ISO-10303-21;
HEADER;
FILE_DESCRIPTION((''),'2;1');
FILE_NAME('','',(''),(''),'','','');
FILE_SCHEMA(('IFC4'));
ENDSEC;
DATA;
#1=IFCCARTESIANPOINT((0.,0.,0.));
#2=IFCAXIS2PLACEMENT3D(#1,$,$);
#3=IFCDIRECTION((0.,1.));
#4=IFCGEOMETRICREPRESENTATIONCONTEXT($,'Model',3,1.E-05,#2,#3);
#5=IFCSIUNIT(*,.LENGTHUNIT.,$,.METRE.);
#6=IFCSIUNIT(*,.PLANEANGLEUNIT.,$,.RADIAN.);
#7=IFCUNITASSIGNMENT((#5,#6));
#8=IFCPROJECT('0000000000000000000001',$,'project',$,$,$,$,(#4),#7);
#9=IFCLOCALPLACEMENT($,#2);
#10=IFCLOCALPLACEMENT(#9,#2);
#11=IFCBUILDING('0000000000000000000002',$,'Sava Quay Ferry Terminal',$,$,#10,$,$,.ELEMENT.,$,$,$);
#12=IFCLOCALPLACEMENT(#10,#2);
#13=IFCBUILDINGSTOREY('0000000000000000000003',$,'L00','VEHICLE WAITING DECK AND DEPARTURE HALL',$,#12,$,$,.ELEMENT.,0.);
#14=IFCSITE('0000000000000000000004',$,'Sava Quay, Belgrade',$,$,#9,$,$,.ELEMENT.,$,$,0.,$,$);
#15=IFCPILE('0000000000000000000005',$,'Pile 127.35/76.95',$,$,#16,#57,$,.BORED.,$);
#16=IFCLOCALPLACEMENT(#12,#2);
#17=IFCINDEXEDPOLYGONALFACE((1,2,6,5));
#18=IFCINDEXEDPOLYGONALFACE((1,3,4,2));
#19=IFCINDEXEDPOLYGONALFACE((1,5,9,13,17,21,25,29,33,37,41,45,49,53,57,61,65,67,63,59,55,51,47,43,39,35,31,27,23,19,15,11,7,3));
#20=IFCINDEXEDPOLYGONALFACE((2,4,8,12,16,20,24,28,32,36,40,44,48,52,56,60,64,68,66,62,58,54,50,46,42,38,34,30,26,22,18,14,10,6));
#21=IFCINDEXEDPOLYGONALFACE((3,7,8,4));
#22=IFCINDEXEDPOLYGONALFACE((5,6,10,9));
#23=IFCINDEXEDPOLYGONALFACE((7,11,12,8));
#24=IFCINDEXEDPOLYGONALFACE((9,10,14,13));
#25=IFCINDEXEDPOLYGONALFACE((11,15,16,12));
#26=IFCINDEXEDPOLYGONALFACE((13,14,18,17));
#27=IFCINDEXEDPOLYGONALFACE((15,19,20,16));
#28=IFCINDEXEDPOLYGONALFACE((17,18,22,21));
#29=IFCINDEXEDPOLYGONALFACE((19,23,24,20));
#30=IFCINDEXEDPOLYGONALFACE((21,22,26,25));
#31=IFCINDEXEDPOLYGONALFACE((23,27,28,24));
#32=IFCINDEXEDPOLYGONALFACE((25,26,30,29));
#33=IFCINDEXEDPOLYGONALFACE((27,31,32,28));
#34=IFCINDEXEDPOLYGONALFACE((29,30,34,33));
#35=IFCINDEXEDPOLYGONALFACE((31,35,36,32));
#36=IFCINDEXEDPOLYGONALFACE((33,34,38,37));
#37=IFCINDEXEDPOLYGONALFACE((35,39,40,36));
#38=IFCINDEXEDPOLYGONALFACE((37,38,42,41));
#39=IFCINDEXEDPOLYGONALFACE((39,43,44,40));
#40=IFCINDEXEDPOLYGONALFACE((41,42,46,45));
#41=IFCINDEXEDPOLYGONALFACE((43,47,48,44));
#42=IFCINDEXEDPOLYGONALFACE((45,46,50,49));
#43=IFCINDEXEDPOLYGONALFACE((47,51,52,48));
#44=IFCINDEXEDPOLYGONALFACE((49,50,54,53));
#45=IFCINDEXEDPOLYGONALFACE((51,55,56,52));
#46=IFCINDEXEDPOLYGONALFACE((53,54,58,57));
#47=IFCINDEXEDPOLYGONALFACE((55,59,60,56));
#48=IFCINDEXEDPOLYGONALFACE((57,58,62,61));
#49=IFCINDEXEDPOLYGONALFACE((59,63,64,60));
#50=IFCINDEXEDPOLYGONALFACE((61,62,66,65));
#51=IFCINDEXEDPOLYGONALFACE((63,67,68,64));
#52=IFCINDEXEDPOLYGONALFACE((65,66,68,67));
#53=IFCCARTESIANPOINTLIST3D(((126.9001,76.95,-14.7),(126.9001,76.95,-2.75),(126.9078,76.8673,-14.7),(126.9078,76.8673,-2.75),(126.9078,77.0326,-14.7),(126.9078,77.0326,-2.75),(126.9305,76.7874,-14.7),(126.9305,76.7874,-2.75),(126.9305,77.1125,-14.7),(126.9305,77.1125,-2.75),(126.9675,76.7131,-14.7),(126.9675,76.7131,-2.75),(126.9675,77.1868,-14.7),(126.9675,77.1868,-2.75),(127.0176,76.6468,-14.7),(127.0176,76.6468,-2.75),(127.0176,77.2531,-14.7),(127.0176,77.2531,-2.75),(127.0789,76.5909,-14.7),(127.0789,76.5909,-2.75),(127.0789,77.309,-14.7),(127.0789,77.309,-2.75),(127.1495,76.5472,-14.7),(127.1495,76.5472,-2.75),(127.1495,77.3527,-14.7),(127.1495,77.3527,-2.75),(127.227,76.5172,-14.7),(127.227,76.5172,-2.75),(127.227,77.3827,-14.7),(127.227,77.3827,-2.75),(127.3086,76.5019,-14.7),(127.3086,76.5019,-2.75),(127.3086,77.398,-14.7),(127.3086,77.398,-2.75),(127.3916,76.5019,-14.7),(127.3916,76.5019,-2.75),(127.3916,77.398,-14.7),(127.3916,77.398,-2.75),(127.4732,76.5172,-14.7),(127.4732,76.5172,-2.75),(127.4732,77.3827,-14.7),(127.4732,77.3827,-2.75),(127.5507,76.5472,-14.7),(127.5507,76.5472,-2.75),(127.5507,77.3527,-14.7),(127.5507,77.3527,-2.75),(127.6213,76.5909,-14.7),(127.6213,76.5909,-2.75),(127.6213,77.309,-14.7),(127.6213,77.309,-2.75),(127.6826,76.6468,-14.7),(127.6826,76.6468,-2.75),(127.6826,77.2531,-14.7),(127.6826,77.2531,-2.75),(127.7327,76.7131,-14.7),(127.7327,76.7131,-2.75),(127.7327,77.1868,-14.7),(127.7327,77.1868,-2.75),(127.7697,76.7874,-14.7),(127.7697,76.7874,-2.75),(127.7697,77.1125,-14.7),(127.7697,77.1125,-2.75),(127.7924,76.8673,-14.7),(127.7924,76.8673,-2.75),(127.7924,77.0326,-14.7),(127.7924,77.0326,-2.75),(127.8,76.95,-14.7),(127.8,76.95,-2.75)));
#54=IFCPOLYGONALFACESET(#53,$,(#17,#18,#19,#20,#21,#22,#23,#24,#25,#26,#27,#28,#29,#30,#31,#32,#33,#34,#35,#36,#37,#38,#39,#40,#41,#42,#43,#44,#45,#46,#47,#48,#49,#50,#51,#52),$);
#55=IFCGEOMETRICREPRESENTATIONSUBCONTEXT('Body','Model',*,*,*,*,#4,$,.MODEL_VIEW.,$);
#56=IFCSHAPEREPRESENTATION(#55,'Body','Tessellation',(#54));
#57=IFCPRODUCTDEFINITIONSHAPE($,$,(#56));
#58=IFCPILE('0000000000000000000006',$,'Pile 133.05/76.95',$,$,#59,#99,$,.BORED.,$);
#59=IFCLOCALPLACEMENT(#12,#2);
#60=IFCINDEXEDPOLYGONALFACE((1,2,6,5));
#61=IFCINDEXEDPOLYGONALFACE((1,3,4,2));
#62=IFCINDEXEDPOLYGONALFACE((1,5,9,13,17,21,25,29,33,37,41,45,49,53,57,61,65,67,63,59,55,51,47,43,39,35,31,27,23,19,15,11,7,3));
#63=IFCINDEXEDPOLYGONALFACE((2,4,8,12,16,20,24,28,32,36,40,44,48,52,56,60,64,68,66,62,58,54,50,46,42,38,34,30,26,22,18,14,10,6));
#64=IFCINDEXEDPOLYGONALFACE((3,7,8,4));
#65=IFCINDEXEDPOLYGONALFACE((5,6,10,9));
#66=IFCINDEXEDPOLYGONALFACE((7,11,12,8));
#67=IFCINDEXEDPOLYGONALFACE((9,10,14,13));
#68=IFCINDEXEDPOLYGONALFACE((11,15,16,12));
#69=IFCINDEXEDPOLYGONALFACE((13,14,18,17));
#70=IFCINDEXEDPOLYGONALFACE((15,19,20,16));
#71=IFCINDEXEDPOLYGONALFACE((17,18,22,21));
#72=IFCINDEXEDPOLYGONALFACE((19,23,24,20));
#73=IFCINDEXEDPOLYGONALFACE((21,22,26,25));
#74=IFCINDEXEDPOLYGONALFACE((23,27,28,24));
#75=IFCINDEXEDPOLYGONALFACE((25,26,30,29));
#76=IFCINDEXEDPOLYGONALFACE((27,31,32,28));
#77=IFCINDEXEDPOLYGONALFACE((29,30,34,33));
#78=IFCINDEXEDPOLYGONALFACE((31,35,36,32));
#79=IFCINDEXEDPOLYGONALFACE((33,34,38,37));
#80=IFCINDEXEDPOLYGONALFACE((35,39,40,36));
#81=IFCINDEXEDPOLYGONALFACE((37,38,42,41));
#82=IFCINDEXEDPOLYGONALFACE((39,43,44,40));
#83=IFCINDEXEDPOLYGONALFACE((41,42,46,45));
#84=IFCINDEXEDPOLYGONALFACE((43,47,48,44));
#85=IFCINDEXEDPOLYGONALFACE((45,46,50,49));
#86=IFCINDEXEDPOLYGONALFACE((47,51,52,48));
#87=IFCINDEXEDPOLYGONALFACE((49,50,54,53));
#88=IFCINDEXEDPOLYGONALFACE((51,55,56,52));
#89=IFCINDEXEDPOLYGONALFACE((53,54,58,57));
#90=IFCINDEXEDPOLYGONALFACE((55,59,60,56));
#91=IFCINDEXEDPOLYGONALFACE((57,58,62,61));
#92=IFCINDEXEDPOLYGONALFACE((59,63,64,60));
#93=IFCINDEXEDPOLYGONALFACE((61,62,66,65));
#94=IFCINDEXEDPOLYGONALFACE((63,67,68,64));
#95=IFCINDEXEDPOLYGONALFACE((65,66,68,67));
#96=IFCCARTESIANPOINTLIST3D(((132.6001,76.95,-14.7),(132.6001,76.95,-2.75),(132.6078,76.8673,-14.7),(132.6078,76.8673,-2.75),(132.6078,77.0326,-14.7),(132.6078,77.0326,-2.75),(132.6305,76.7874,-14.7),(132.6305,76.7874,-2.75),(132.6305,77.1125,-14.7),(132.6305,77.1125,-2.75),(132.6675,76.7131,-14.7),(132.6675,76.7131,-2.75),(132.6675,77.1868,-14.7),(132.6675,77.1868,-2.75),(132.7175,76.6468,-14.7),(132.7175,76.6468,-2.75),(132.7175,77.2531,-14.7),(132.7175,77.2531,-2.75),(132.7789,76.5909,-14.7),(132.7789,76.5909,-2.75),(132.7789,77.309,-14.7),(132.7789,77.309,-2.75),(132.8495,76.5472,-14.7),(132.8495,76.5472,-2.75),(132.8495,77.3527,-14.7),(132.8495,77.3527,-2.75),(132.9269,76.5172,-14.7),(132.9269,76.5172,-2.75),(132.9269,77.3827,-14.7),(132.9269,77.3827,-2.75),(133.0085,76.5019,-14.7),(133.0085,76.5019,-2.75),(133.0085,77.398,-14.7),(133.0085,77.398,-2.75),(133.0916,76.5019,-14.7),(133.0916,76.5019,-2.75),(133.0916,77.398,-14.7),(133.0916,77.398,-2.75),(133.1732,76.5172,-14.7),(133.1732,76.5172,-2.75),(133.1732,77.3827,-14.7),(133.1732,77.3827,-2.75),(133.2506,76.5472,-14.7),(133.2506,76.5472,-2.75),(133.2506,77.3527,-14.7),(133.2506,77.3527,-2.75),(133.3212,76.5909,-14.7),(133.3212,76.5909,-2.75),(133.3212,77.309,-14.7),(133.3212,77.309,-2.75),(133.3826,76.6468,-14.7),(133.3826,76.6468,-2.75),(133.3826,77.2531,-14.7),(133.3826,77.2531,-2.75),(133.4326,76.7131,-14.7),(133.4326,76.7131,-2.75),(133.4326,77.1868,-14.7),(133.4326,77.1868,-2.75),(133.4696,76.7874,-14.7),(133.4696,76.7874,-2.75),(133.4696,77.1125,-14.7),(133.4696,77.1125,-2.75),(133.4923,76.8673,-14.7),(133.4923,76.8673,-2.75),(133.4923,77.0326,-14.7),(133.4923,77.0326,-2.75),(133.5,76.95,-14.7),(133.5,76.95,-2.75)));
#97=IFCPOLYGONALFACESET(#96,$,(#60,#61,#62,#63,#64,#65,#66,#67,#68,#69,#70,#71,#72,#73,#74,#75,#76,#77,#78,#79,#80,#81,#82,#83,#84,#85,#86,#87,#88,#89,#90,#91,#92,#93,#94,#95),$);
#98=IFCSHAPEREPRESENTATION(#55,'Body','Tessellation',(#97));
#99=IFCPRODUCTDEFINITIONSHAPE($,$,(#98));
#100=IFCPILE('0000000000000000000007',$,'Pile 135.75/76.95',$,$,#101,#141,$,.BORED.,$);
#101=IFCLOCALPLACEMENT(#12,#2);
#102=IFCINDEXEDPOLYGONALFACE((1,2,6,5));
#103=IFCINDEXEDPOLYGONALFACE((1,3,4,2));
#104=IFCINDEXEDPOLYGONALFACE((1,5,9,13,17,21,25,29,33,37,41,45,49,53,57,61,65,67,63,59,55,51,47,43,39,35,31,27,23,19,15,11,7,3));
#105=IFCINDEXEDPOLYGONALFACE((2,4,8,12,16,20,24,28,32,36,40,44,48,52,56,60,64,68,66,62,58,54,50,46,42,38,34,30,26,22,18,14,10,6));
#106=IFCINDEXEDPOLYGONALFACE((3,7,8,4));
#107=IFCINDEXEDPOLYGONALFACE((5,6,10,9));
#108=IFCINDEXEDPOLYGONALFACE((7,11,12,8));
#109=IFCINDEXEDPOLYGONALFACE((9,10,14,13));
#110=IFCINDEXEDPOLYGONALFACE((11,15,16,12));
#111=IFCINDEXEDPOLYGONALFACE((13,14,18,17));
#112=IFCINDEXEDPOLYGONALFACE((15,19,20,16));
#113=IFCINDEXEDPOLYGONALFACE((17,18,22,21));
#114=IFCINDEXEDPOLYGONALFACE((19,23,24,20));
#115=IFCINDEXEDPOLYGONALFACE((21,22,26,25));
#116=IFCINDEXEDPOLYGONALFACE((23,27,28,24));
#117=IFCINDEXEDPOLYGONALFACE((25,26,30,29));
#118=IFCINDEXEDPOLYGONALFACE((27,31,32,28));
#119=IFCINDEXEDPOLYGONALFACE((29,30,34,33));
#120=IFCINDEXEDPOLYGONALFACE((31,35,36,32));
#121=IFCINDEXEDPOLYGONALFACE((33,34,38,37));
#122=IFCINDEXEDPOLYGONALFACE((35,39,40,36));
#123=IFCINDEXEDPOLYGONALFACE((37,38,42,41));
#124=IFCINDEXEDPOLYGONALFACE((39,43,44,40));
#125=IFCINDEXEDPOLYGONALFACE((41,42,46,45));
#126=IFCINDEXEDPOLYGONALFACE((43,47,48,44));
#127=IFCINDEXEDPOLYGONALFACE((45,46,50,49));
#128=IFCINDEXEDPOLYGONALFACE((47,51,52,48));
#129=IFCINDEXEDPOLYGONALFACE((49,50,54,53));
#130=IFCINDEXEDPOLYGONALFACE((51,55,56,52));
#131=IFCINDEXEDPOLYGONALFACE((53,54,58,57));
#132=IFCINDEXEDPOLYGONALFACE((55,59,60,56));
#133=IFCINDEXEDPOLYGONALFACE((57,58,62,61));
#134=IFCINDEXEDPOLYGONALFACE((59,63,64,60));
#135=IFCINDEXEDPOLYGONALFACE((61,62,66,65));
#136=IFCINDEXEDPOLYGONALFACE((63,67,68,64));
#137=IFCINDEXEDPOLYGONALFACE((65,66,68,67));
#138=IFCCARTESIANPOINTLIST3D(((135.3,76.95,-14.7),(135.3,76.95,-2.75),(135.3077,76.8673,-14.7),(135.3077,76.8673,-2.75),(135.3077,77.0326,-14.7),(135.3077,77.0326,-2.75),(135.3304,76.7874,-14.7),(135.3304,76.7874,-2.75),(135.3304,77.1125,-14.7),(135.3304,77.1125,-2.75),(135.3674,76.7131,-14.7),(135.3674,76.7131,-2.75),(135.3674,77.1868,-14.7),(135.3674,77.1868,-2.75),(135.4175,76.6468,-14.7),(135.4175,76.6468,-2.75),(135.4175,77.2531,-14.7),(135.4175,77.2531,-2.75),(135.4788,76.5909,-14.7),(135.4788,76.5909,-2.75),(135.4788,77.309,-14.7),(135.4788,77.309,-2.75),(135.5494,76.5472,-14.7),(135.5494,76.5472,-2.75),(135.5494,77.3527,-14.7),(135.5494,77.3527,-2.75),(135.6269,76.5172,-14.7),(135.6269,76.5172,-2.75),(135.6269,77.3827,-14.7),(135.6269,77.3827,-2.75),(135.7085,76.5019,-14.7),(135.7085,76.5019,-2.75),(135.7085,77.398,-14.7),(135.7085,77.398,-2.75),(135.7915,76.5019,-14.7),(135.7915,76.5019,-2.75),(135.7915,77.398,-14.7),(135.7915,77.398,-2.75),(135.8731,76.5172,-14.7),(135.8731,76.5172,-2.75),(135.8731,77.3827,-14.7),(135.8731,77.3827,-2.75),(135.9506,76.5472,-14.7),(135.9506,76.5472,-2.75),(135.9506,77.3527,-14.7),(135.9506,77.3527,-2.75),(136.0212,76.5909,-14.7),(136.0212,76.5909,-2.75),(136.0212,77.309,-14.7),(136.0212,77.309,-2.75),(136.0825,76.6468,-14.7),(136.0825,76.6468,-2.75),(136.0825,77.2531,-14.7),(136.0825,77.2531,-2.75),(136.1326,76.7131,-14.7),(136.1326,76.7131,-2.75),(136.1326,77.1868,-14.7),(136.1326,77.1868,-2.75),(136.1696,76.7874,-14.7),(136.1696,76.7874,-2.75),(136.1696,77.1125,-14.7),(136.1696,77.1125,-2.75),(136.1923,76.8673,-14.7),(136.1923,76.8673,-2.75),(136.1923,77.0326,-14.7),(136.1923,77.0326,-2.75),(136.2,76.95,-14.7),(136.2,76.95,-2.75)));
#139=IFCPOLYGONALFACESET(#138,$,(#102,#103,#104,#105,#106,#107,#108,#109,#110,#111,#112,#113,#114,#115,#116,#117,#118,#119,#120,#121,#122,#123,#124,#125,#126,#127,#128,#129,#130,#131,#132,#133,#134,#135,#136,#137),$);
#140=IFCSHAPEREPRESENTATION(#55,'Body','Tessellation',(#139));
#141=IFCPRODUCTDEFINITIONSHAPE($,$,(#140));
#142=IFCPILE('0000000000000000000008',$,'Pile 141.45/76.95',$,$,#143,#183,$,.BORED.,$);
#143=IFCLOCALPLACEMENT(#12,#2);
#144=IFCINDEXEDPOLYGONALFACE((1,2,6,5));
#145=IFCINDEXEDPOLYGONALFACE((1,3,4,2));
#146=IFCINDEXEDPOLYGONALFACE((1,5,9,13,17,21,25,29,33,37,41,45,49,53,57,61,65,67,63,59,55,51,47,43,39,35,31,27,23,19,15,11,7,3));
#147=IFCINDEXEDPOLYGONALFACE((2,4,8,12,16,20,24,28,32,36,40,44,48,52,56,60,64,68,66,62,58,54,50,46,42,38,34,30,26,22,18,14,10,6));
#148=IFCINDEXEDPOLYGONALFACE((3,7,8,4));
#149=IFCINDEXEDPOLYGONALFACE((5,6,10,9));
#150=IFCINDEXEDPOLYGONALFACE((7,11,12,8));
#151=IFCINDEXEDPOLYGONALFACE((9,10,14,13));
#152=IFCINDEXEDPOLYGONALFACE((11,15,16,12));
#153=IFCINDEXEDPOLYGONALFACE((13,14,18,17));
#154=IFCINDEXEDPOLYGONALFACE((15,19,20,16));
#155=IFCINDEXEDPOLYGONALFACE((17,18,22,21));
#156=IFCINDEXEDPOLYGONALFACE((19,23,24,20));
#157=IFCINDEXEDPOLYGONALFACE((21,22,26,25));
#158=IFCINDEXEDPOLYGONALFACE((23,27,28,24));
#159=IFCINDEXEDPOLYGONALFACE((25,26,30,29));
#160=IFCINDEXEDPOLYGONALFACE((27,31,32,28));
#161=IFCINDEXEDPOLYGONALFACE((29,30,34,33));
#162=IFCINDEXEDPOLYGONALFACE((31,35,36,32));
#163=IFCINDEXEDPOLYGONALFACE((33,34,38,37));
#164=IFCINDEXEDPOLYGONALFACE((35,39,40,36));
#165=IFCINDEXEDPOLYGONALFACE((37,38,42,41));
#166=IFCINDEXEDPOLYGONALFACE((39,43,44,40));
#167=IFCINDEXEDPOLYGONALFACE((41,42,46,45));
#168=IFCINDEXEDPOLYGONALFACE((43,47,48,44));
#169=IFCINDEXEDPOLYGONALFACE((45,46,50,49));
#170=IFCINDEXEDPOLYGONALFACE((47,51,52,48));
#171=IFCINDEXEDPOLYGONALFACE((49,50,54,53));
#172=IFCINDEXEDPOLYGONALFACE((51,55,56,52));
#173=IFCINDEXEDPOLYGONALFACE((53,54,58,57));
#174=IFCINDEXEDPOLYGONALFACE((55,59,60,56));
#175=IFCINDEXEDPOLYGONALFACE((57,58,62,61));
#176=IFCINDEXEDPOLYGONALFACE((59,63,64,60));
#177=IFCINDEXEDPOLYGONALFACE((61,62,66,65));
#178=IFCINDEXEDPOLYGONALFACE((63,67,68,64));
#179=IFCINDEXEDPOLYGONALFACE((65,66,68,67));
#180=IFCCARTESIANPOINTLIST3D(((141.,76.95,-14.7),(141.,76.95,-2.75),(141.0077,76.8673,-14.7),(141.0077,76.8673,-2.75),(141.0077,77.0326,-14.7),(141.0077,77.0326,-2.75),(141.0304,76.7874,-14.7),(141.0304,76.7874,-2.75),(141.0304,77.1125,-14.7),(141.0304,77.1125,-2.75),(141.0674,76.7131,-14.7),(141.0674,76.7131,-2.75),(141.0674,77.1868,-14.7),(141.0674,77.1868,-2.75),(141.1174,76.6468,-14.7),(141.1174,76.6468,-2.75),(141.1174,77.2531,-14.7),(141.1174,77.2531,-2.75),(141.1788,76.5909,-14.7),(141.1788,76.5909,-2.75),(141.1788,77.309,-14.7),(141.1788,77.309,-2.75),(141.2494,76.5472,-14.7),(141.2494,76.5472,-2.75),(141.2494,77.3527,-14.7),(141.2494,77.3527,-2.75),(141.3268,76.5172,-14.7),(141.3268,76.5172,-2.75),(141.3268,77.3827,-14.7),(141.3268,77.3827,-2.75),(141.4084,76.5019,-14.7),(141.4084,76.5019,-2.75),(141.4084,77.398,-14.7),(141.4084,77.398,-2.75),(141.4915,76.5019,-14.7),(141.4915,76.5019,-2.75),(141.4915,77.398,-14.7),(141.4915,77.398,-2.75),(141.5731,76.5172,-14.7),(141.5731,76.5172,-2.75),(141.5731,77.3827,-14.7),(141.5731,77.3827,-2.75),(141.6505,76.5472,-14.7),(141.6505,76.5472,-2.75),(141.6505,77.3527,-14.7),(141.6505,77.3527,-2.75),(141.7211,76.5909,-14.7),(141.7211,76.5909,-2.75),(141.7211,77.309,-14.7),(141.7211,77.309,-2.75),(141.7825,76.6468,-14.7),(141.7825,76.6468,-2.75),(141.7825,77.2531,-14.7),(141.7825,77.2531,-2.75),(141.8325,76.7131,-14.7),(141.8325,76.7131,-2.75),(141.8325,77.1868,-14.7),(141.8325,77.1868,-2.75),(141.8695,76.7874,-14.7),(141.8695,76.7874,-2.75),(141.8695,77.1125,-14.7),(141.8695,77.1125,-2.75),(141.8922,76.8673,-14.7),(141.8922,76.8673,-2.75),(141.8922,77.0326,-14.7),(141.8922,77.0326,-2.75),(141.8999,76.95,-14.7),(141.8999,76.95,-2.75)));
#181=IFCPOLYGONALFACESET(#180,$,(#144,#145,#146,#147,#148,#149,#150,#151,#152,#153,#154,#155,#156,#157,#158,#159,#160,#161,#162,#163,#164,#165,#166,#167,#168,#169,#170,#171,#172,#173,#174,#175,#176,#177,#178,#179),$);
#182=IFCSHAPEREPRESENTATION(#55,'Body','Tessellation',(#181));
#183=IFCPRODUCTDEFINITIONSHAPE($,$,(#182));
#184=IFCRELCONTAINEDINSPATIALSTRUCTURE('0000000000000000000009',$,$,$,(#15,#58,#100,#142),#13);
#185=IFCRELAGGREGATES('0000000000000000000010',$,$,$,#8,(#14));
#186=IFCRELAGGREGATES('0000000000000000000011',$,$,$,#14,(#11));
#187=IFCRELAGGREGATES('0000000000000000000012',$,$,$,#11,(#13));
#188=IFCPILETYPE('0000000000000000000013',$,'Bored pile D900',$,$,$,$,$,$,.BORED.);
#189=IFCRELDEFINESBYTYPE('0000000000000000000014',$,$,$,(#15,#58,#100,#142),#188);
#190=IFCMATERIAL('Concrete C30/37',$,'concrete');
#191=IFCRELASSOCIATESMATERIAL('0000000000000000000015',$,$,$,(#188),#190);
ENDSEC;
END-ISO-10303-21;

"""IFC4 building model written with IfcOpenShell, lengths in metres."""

from ifc_helpers import new_model, si_unit, direction, frame, origin, origin_2d, place, context, subcontext, project, spatial, circle, extrude, material, material_profile, profile_set, type_object, element, save


model = new_model("IFC4")

# Units and contexts
model_context = context("Model", 3, precision=1e-05, world=origin(), true_north=direction((0.0, 1.0)))
body_context = subcontext(model_context, "Body", "Model", "MODEL_VIEW")
ifc_project = project(units=[si_unit("LENGTHUNIT", "METRE"), si_unit("PLANEANGLEUNIT", "RADIAN")], contexts=[model_context])

# Site, building, storey
site_placement = place(None, origin())
site = spatial("IfcSite", under=ifc_project, at=site_placement, Name="Sava Quay, Belgrade", CompositionType="ELEMENT", RefElevation=0.0)
building_placement = place(site_placement, origin())
building = spatial("IfcBuilding", under=site, at=building_placement, Name="Sava Quay Ferry Terminal", CompositionType="ELEMENT")
storey_placement = place(building_placement, origin())
storey = spatial("IfcBuildingStorey", under=building, at=storey_placement, Name="L00", Description="VEHICLE WAITING DECK AND DEPARTURE HALL", CompositionType="ELEMENT", Elevation=0.0)

# Piles
ifc_material_1 = material(Name="Concrete C30/37", Category="concrete")
ifc_material_profile_1 = material_profile(ifc_material_1, circle(Radius=0.45, at=origin_2d()), Name="Bored pile D900")
ifc_profile_set_1 = profile_set([ifc_material_profile_1], Name="Concrete C30/37")
pile_type = type_object("IfcPileType", Name="Bored pile D900", PredefinedType="BORED", material=ifc_profile_set_1)
for number, where, z_axis, x_axis, name in (
    (1, (127.3501, 76.95, -2.75), (0.0, 0.0, -1.0), (1.0, 0.0, 0.0), "Pile 127.35/76.95"),
    (2, (133.05, 76.95, -2.75), (0.0, 0.0, -1.0), (1.0, 0.0, 0.0), "Pile 133.05/76.95"),
    (3, (135.75, 76.95, -2.75), (0.0, 0.0, -1.0), (1.0, 0.0, 0.0), "Pile 135.75/76.95"),
    (4, (141.45, 76.95, -2.75), (0.0, 0.0, -1.0), (1.0, 0.0, 0.0), "Pile 141.45/76.95"),
):
    element("IfcPile", number, at=place(storey_placement, frame(where, z_axis=z_axis, x_axis=x_axis)), inside=storey, type_object=pile_type, Name=name, PredefinedType="BORED", context=body_context, shape_type="SweptSolid", body=[
        extrude(circle(Radius=0.45, at=origin_2d()), origin(), (0.0, 0.0, 1.0), 11.95),
    ])

save(model, "model.ifc")
